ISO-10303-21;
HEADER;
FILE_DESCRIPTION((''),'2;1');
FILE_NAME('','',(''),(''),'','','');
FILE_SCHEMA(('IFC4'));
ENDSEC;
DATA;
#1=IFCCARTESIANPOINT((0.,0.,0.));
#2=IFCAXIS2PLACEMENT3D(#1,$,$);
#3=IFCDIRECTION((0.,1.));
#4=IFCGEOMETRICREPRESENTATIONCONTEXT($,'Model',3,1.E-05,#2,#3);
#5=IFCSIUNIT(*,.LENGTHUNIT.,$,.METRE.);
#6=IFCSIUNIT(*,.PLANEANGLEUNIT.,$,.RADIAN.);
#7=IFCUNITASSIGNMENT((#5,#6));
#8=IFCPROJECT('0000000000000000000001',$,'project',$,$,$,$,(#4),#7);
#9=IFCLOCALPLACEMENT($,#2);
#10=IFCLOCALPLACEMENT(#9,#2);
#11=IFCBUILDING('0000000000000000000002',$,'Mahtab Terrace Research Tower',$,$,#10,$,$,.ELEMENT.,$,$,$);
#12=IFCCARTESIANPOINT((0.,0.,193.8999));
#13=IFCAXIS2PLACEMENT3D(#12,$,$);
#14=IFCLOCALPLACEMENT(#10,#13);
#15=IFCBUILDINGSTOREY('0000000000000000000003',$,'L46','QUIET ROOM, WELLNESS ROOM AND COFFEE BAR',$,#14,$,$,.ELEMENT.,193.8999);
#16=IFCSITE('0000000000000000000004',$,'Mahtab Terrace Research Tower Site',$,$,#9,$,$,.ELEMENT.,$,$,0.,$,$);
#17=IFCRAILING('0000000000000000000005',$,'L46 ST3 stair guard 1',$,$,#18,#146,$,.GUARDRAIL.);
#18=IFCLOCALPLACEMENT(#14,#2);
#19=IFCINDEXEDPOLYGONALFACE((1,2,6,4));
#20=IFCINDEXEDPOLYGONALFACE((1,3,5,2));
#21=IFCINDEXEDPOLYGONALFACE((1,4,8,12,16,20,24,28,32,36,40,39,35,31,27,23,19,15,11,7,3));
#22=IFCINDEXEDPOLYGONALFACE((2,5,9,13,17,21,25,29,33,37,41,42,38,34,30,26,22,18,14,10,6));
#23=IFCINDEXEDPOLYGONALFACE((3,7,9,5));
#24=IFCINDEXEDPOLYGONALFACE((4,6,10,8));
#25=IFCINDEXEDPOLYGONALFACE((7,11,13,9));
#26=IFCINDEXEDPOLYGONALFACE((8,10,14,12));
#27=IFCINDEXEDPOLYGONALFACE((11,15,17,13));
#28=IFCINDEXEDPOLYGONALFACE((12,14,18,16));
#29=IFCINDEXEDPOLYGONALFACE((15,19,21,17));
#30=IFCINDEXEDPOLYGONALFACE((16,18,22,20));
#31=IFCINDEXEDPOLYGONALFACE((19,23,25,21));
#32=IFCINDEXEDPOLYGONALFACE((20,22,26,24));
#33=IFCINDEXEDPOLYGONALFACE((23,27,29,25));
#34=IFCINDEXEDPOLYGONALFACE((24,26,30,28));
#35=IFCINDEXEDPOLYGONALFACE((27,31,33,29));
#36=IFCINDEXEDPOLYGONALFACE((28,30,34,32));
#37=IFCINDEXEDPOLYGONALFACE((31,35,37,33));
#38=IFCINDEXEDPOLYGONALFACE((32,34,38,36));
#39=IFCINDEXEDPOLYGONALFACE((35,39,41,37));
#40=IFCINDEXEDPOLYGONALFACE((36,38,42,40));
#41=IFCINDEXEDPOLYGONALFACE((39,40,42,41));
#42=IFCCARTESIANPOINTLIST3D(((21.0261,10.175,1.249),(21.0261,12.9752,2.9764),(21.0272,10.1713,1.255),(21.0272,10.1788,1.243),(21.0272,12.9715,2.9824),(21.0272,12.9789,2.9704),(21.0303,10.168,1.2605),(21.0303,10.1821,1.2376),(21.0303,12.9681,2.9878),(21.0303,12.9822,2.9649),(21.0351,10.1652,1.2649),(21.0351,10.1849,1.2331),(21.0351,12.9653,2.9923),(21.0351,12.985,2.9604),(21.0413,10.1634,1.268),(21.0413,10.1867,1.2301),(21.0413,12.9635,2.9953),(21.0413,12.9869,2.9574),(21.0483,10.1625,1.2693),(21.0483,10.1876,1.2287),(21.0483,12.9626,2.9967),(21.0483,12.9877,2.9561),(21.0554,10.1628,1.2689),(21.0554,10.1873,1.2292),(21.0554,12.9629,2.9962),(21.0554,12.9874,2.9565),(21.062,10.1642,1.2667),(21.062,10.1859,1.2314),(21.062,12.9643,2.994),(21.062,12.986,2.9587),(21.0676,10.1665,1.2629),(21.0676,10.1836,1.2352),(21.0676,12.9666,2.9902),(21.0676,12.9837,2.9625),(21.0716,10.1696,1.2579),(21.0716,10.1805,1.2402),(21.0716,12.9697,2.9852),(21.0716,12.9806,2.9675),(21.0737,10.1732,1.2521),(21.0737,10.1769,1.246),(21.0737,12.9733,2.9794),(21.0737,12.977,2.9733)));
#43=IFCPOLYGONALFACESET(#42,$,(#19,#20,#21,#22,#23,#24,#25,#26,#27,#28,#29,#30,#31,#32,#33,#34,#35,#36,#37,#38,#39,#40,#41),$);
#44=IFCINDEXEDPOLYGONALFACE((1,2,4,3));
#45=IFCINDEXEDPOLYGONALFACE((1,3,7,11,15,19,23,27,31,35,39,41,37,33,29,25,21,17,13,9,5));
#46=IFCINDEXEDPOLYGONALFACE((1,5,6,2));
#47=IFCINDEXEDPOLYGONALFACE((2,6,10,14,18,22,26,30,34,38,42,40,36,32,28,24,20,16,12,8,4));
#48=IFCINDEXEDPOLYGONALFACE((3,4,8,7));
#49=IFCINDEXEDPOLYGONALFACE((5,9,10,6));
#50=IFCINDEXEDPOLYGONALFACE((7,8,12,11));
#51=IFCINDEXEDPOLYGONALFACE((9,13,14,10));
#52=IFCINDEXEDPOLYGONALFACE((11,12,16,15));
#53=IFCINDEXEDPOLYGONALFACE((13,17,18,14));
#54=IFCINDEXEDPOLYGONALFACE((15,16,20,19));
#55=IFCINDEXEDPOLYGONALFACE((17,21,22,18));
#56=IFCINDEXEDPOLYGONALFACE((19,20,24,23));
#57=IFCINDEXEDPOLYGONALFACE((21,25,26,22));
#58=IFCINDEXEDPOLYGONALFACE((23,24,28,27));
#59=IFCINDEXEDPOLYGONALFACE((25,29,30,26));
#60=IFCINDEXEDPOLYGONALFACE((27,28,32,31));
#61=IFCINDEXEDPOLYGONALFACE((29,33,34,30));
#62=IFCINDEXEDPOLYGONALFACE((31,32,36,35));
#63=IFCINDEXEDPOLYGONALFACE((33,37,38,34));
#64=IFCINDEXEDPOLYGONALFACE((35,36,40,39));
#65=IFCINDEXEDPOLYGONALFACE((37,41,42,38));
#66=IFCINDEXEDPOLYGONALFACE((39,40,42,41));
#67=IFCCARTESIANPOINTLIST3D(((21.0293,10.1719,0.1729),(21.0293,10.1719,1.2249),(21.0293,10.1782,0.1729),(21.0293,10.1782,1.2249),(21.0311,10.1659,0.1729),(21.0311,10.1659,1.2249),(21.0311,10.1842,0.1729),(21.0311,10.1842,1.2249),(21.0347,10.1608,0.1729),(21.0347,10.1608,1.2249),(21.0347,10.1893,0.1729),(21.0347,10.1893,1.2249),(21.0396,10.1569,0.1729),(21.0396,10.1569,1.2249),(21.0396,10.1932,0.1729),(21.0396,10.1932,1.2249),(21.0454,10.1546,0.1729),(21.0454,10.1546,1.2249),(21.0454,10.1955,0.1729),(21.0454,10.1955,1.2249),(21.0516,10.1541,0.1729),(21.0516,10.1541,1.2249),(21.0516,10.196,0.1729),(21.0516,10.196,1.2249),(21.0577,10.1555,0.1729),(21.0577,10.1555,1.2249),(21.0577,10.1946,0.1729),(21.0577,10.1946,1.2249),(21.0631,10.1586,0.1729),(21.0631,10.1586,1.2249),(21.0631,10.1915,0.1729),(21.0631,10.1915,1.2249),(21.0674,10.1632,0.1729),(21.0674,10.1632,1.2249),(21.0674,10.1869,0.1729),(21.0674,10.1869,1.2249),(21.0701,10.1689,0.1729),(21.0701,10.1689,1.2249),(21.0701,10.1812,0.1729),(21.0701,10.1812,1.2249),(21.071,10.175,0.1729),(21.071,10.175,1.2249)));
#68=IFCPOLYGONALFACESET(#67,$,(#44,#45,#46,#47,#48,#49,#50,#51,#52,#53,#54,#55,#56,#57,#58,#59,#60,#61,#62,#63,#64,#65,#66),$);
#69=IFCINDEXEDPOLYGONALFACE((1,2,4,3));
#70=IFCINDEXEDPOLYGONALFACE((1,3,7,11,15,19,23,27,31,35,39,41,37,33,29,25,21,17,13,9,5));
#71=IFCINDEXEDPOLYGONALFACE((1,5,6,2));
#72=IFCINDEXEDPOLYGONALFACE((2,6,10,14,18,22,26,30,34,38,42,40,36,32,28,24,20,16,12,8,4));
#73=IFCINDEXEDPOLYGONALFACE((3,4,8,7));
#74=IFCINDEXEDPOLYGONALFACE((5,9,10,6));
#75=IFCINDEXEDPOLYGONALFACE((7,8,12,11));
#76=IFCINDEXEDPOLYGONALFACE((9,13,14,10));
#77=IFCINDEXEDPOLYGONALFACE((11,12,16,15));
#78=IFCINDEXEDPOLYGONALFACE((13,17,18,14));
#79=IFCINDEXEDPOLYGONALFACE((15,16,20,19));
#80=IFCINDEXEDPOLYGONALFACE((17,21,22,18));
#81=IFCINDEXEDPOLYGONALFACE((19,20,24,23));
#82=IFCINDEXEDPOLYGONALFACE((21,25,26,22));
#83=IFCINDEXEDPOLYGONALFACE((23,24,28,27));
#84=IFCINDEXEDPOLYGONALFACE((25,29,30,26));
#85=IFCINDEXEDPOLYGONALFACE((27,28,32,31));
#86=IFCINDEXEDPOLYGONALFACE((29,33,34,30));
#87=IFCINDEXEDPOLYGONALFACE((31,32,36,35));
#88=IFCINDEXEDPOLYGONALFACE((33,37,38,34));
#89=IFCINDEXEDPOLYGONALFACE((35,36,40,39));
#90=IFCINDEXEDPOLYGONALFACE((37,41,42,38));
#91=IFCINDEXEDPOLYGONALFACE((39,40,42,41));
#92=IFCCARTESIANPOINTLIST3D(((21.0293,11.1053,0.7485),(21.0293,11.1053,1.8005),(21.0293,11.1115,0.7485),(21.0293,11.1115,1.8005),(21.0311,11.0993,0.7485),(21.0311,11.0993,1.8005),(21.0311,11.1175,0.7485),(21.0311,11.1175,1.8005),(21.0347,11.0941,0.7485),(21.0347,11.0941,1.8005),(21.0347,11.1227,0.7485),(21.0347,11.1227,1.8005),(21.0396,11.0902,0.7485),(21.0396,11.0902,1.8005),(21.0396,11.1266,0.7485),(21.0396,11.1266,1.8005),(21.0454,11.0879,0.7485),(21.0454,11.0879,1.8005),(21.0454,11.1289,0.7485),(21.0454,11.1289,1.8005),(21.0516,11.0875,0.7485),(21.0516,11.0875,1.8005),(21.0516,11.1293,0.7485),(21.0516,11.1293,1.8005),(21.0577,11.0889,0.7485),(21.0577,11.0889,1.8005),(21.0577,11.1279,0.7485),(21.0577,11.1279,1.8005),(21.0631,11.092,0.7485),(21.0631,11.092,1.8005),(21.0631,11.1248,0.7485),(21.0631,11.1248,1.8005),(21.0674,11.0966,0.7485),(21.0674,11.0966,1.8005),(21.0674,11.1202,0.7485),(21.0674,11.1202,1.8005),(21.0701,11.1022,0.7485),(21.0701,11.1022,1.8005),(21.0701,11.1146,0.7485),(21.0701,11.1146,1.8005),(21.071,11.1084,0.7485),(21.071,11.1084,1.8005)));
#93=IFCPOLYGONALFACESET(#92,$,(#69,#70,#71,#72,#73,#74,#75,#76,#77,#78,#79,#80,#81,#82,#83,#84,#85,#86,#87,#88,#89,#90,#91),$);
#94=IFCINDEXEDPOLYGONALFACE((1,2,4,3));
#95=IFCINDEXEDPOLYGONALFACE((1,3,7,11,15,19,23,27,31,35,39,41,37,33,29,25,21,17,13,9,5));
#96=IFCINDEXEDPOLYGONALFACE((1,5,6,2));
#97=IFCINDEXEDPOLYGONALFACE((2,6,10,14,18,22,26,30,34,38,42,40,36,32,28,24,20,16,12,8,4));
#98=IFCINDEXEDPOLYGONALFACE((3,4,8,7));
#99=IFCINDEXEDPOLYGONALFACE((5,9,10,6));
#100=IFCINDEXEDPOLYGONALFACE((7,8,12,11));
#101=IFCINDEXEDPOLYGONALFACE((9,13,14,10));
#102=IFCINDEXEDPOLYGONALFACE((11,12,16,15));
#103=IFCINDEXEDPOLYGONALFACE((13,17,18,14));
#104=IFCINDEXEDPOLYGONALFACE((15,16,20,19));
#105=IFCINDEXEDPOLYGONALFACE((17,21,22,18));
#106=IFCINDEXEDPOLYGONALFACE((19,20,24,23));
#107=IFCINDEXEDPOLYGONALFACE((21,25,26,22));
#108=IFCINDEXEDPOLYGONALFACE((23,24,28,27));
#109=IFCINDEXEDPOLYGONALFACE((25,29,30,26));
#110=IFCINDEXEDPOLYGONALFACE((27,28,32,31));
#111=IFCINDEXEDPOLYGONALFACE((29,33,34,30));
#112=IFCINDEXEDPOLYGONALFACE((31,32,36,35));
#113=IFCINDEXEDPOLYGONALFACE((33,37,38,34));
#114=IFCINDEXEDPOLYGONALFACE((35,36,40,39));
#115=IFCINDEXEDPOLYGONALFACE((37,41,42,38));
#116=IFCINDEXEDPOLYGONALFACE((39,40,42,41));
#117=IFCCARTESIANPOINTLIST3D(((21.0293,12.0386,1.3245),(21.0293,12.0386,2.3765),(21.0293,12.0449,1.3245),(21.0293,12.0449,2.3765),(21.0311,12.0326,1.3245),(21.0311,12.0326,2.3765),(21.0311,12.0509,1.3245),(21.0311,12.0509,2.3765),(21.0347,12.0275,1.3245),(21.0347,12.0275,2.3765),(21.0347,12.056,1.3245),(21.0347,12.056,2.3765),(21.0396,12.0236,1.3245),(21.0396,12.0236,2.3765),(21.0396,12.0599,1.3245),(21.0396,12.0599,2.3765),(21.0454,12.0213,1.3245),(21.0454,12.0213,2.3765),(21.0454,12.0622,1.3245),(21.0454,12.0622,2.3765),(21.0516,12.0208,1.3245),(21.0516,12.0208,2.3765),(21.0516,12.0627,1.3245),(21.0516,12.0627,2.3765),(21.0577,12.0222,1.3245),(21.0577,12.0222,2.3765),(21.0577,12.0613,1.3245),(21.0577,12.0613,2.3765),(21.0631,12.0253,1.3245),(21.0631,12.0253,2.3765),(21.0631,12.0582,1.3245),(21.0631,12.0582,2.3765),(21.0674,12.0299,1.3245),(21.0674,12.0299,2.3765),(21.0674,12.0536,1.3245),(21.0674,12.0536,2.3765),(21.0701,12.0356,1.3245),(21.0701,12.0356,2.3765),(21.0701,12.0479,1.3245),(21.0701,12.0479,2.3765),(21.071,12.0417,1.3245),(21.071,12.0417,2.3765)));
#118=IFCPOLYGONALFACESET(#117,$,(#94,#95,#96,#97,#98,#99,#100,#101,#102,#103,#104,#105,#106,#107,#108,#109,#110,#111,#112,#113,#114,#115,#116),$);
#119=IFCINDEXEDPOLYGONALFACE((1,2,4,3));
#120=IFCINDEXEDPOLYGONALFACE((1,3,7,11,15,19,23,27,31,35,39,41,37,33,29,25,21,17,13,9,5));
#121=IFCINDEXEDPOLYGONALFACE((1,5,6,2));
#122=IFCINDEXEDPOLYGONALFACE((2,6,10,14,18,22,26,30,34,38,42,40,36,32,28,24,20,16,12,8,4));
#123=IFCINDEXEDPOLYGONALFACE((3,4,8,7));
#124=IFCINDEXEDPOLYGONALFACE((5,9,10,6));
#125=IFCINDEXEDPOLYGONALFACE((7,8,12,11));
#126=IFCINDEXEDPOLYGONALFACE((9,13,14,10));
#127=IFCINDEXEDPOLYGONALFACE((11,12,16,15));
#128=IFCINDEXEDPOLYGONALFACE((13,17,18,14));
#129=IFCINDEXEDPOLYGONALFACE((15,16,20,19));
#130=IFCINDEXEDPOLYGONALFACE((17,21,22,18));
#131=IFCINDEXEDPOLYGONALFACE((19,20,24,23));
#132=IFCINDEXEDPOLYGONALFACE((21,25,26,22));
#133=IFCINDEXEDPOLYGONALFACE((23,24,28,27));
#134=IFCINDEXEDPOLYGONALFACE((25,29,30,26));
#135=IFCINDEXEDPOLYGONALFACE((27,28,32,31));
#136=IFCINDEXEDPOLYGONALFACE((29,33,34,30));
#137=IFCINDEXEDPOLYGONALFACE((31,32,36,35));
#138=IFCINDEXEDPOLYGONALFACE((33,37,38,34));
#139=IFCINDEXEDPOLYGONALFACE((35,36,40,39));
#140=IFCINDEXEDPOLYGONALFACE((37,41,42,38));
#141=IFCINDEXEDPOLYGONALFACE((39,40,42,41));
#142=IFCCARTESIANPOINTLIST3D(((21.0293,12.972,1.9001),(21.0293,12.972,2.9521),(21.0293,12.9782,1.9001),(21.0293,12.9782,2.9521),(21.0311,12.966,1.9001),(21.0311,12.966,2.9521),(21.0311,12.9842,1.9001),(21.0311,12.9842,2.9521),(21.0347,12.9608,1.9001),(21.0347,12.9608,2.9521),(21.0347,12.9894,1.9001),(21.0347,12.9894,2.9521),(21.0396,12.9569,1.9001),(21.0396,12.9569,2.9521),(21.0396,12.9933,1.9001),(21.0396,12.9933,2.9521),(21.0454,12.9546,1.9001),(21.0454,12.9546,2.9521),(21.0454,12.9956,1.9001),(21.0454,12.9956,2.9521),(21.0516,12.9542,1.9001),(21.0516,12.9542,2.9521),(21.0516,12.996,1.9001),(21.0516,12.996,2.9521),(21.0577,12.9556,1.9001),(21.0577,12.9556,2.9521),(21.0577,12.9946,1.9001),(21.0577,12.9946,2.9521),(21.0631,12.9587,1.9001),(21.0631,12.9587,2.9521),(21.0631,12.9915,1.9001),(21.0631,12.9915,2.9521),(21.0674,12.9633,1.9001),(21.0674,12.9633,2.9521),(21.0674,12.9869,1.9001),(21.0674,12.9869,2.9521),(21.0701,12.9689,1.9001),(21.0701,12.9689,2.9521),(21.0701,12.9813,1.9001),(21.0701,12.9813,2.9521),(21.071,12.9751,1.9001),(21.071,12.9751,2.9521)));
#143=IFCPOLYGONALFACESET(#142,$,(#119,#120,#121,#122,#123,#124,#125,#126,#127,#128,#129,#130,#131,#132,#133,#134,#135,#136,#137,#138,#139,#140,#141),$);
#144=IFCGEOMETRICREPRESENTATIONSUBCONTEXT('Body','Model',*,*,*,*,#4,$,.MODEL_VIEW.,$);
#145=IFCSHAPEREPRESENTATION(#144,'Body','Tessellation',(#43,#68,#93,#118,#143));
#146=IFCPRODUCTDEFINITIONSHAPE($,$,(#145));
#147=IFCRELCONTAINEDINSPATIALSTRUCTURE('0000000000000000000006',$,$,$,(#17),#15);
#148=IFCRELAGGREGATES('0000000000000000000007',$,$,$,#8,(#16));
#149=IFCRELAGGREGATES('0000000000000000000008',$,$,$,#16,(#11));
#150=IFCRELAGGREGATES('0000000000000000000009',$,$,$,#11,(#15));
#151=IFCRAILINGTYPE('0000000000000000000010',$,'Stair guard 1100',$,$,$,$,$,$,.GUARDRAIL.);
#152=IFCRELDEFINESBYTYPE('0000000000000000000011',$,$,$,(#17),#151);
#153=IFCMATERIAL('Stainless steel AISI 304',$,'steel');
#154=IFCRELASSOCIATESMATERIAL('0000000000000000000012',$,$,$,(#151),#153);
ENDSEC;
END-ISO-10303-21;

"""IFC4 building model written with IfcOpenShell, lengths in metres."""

from ifc_helpers import new_model, si_unit, direction, frame, origin, origin_2d, place, context, subcontext, project, spatial, circle, extrude, material, type_object, element, save


model = new_model("IFC4")

# Units and contexts
model_context = context("Model", 3, precision=1e-05, world=origin(), true_north=direction((0.0, 1.0)))
body_context = subcontext(model_context, "Body", "Model", "MODEL_VIEW")
ifc_project = project(units=[si_unit("LENGTHUNIT", "METRE"), si_unit("PLANEANGLEUNIT", "RADIAN")], contexts=[model_context])

# Site, building, storey
site_placement = place(None, origin())
site = spatial("IfcSite", under=ifc_project, at=site_placement, Name="Mahtab Terrace Research Tower Site", CompositionType="ELEMENT", RefElevation=0.0)
building_placement = place(site_placement, origin())
building = spatial("IfcBuilding", under=site, at=building_placement, Name="Mahtab Terrace Research Tower", CompositionType="ELEMENT")
storey_placement = place(building_placement, frame((0.0, 0.0, 193.8999)))
storey = spatial("IfcBuildingStorey", under=building, at=storey_placement, Name="L46", Description="QUIET ROOM, WELLNESS ROOM AND COFFEE BAR", CompositionType="ELEMENT", Elevation=193.8999)

# Shared definitions
ifc_material_1 = material(Name="Stainless steel AISI 304", Category="steel")

# Railing
railing_type_1 = type_object("IfcRailingType", Name="Stair guard 1100", PredefinedType="GUARDRAIL", material=ifc_material_1)
railing_1_placement = place(storey_placement, frame((21.05, 10.175, 0.1729)))
element("IfcRailing", 1, at=railing_1_placement, inside=storey, type_object=railing_type_1, Name="L46 ST3 stair guard 1", PredefinedType="GUARDRAIL", context=body_context, shape_type="SweptSolid", body=[
    extrude(circle(Radius=0.0239, at=origin_2d()), frame((0.0, 0.0, 1.0762), z_axis=(0.0, 0.85109, 0.52502), x_axis=(-1.0, 0.0, 0.0)), (0.0, 0.0, 1.0), 3.29),
    extrude(circle(Radius=0.021, at=origin_2d()), origin(), (0.0, 0.0, 1.0), 1.052),
    extrude(circle(Radius=0.021, at=origin_2d()), frame((0.0, 0.9333, 0.5757)), (0.0, 0.0, 1.0), 1.052),
    extrude(circle(Radius=0.021, at=origin_2d()), frame((0.0, 1.8667, 1.1516)), (0.0, 0.0, 1.0), 1.052),
    extrude(circle(Radius=0.021, at=origin_2d()), frame((0.0, 2.8, 1.7273)), (0.0, 0.0, 1.0), 1.052),
])

save(model, "model.ifc")
